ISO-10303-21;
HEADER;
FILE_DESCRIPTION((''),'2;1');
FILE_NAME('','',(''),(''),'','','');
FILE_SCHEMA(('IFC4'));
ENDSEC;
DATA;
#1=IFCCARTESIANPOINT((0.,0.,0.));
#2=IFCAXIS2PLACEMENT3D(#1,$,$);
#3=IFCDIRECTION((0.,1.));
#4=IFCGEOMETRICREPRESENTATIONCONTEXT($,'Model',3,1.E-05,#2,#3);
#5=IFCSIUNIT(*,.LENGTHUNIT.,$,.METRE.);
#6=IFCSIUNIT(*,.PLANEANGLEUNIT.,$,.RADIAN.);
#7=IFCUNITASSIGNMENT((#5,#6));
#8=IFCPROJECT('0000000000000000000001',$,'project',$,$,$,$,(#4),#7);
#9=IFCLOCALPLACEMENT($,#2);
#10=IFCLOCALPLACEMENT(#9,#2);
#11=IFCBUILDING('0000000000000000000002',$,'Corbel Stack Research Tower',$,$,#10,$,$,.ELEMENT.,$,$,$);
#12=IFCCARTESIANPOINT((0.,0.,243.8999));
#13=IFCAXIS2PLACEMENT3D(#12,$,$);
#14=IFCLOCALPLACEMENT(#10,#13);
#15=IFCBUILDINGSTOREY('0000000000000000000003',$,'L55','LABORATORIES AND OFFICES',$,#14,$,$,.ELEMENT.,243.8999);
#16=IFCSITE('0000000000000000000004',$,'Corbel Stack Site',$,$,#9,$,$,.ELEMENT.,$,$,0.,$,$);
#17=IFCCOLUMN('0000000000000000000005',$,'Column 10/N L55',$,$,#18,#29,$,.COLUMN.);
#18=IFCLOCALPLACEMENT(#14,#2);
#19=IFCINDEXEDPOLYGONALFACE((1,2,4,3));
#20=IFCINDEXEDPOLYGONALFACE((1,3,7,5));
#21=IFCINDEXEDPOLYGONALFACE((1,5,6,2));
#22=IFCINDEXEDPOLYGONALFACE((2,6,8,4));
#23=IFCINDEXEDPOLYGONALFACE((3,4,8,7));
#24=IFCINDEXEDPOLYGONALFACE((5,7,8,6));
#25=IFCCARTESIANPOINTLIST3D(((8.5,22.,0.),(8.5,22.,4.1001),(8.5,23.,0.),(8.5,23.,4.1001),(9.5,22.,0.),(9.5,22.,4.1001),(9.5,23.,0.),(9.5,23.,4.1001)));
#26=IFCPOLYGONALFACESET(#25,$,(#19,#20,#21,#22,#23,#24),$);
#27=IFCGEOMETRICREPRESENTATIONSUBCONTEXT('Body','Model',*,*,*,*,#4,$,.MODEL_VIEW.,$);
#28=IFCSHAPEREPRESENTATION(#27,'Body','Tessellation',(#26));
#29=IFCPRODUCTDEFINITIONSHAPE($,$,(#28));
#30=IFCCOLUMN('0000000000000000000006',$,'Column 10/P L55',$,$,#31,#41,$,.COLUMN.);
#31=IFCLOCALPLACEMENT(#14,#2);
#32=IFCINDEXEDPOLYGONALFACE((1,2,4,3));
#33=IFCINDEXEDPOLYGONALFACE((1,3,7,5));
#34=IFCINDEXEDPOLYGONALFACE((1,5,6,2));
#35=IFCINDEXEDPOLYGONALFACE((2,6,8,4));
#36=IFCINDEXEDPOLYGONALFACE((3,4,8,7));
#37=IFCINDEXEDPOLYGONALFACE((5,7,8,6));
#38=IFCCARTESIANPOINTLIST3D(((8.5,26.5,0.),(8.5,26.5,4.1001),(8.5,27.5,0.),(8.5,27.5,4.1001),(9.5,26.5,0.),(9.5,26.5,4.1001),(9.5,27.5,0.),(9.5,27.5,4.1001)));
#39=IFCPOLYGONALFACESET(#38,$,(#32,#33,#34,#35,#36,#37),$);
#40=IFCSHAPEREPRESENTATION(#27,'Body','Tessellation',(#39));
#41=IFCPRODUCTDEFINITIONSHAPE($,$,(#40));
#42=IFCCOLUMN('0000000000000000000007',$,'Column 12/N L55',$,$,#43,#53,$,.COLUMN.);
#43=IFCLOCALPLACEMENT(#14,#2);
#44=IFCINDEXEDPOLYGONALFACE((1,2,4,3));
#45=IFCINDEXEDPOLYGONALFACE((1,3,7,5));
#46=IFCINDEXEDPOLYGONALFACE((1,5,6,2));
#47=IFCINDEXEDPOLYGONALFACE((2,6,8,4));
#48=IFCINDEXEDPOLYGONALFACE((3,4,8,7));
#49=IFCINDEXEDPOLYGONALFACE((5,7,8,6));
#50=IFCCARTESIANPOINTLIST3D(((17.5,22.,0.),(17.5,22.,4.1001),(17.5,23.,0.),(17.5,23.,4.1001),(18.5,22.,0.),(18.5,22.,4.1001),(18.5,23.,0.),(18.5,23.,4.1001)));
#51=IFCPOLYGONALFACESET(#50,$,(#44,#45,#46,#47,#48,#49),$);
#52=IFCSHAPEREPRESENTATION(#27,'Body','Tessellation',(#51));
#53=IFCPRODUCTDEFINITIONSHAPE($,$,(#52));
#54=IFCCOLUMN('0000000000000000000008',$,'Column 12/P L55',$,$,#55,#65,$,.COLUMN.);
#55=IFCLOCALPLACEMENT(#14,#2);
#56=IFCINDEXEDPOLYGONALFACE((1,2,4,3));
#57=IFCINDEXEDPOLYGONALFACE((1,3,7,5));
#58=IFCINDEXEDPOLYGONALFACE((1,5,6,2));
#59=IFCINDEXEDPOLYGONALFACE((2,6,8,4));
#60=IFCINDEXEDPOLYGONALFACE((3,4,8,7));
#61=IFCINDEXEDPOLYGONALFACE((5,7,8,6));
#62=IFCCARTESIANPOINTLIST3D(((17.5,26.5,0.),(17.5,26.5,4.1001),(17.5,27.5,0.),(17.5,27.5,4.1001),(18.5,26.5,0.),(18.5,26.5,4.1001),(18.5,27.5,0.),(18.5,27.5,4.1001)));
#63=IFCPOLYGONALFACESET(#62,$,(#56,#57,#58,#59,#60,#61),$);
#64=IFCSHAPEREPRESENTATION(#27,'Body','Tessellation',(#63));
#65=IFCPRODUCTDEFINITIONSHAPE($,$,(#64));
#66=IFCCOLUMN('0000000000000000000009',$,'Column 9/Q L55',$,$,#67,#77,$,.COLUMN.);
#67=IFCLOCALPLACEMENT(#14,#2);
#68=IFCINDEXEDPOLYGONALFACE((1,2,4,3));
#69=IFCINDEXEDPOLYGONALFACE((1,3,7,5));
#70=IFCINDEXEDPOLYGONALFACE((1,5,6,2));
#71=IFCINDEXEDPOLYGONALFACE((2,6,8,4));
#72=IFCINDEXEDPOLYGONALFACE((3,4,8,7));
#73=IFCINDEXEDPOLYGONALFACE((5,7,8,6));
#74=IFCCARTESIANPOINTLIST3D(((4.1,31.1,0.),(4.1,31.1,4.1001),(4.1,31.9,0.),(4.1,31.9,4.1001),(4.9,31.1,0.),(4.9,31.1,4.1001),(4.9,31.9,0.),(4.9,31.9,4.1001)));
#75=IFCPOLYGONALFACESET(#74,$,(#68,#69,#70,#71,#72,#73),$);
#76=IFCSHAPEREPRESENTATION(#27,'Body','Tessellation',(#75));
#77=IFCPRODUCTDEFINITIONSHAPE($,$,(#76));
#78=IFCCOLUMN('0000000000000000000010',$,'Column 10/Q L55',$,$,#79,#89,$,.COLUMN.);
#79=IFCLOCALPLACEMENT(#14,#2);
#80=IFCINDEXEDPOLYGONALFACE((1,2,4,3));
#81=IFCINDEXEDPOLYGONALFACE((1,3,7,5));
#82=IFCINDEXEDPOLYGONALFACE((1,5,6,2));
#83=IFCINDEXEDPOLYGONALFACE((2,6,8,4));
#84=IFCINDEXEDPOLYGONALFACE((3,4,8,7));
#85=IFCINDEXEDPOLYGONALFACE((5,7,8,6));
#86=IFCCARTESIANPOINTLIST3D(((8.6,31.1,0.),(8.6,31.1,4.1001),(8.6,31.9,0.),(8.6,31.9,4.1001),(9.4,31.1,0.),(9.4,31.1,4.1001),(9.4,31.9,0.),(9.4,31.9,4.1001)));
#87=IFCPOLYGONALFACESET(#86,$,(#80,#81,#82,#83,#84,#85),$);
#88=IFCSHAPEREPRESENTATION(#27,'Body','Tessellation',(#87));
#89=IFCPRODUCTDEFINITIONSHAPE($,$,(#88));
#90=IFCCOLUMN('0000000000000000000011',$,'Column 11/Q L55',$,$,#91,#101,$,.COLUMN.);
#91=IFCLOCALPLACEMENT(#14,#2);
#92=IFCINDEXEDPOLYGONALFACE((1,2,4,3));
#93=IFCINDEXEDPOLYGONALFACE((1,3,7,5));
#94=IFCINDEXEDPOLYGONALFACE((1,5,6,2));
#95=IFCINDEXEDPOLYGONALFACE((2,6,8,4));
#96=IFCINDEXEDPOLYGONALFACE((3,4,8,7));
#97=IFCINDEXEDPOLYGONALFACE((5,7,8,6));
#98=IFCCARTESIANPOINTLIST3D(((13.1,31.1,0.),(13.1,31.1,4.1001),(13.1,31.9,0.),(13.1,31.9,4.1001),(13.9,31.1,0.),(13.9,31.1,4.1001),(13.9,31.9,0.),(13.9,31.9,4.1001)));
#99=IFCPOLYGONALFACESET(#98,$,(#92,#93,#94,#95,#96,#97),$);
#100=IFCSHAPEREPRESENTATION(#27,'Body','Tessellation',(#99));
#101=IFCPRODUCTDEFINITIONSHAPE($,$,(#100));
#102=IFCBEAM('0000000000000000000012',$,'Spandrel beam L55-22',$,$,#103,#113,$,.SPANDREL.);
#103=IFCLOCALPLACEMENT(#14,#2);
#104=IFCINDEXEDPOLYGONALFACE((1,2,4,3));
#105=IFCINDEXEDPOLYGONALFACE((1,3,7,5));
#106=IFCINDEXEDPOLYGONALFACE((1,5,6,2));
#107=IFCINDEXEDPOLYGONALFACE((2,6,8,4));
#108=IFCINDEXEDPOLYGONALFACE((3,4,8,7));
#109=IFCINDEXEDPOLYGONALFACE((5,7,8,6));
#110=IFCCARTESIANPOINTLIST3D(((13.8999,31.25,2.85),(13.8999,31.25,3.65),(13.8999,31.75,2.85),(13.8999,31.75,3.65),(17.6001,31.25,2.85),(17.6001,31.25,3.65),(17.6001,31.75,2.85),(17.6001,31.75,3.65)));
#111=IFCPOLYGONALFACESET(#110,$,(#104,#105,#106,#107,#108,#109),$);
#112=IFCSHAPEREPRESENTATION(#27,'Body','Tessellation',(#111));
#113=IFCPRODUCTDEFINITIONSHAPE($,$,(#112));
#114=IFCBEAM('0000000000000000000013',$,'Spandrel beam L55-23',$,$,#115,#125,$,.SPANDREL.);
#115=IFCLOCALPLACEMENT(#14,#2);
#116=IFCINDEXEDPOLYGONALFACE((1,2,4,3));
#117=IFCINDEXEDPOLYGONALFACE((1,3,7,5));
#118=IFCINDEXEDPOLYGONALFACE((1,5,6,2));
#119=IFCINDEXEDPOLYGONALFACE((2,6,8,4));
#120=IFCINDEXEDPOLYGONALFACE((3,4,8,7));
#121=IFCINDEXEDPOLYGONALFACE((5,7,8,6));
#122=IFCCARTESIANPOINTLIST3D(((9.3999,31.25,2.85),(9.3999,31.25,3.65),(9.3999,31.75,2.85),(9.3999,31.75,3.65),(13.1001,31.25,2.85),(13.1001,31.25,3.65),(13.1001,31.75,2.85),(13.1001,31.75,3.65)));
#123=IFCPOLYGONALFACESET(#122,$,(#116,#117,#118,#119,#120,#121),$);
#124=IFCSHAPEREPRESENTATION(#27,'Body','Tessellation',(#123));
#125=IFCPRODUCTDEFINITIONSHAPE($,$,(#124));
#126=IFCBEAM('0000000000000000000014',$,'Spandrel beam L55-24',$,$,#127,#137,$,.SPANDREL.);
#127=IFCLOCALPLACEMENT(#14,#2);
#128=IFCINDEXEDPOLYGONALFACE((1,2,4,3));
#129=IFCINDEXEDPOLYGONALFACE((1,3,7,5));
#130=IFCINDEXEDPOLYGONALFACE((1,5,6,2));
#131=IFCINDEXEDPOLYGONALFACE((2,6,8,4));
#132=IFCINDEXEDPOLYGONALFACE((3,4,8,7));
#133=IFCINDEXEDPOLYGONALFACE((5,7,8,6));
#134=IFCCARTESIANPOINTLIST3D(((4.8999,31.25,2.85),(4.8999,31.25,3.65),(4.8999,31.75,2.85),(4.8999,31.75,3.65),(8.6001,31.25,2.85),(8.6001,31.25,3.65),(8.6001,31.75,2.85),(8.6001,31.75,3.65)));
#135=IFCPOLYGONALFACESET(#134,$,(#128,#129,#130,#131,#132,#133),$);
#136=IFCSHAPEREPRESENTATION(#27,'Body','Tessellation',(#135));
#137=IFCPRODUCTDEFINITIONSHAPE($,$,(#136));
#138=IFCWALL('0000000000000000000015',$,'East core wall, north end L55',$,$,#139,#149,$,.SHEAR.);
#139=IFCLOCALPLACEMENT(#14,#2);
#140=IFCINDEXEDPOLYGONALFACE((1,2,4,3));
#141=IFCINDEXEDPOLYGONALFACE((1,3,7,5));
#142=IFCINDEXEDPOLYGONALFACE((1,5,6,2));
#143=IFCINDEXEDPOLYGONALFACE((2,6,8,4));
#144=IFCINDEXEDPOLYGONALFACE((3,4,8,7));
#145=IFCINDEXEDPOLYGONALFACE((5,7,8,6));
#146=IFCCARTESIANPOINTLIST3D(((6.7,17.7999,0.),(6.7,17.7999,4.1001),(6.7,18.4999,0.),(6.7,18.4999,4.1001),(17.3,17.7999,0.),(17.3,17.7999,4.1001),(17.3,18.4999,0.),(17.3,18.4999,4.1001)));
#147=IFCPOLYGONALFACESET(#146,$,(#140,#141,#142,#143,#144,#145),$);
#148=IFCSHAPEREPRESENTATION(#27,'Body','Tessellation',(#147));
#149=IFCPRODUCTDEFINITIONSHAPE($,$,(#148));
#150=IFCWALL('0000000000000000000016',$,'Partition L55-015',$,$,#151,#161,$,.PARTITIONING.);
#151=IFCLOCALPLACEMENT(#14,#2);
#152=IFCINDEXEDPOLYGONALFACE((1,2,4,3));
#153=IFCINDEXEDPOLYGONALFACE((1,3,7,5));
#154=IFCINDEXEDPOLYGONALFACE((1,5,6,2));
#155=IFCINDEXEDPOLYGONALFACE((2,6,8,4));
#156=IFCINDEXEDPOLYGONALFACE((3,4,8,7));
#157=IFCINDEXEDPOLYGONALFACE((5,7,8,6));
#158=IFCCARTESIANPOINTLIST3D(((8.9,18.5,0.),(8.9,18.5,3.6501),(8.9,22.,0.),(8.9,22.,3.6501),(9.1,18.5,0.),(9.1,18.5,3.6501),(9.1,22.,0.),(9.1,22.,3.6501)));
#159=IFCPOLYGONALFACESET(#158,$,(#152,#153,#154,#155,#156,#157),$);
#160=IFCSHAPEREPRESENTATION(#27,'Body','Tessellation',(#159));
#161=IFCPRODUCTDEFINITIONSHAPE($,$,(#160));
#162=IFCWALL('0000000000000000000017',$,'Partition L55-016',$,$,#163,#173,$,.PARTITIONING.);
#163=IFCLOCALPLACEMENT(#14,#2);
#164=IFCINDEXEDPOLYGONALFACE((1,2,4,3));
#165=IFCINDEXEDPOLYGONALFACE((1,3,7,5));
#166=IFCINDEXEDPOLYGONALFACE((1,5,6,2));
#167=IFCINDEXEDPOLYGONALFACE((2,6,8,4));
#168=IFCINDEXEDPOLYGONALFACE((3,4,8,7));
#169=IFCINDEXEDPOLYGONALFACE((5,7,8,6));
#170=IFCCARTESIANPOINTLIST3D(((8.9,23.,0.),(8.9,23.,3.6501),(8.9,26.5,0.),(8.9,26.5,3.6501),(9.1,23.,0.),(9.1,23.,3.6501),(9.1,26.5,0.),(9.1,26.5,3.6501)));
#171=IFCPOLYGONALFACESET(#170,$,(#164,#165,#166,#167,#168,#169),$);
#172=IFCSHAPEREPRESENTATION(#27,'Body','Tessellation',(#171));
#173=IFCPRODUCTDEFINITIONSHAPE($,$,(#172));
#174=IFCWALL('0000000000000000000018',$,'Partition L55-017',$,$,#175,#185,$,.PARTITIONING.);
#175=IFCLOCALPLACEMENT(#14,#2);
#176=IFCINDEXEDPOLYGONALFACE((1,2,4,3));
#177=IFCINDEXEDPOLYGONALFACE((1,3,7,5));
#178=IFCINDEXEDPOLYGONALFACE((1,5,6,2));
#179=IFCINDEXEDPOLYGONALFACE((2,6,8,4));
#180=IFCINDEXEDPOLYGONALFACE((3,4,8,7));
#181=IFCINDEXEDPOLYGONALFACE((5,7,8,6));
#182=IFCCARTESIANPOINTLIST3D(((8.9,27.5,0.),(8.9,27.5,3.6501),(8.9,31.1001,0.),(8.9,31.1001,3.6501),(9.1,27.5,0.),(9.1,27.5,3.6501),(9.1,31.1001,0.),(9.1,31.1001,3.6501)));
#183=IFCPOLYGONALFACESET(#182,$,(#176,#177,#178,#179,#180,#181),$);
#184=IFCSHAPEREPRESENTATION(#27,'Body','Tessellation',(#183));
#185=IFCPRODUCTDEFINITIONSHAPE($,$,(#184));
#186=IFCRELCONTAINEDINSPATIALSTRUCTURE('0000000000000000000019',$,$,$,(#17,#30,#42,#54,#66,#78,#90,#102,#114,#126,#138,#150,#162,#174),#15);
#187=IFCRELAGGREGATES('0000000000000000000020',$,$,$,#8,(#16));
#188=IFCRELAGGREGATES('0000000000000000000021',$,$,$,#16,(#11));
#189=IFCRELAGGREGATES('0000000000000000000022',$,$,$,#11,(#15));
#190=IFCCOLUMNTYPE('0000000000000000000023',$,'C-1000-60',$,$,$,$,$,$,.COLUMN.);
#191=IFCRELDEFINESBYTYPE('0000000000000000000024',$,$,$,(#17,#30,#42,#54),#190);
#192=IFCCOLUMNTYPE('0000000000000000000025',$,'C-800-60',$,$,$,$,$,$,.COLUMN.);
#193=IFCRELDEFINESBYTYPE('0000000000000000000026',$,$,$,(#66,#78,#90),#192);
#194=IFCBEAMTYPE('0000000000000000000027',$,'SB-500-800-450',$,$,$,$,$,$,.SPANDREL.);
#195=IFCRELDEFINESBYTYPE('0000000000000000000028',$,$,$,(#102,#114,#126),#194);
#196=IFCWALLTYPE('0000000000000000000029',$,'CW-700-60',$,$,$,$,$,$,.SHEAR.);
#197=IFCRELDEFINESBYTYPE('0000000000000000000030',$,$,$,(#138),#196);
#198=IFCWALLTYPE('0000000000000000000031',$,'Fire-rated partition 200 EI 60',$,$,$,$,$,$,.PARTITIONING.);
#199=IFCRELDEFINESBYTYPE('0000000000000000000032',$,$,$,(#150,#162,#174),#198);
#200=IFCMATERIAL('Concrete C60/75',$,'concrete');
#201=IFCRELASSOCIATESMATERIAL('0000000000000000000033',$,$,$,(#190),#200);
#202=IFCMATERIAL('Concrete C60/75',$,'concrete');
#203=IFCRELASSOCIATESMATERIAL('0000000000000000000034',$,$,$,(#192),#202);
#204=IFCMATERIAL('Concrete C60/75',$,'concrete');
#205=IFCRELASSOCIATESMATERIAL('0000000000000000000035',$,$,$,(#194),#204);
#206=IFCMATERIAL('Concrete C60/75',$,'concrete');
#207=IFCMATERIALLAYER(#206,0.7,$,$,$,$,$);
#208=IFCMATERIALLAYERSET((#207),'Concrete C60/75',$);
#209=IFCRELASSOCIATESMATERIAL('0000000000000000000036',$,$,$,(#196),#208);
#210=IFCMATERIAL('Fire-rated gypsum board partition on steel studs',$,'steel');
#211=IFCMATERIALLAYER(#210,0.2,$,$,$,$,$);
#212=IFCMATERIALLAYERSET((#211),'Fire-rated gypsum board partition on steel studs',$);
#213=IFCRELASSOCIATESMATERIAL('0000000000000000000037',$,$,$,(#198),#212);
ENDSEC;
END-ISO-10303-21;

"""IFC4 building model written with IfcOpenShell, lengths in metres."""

from ifc_helpers import new_model, si_unit, direction, frame, frame_2d, origin, origin_2d, place, context, subcontext, project, spatial, rectangle, extrude, material, layer, layer_set, material_profile, profile_set, type_object, element, save


model = new_model("IFC4")

# Units and contexts
model_context = context("Model", 3, precision=1e-05, world=origin(), true_north=direction((0.0, 1.0)))
body_context = subcontext(model_context, "Body", "Model", "MODEL_VIEW")
ifc_project = project(units=[si_unit("LENGTHUNIT", "METRE"), si_unit("PLANEANGLEUNIT", "RADIAN")], contexts=[model_context])

# Site, building, storey
site_placement = place(None, origin())
site = spatial("IfcSite", under=ifc_project, at=site_placement, Name="Corbel Stack Site", CompositionType="ELEMENT", RefElevation=0.0)
building_placement = place(site_placement, origin())
building = spatial("IfcBuilding", under=site, at=building_placement, Name="Corbel Stack Research Tower", CompositionType="ELEMENT")
storey_placement = place(building_placement, frame((0.0, 0.0, 243.8999)))
storey = spatial("IfcBuildingStorey", under=building, at=storey_placement, Name="L55", Description="LABORATORIES AND OFFICES", CompositionType="ELEMENT", Elevation=243.8999)

# Columns
ifc_material_1 = material(Name="Concrete C60/75", Category="concrete")
ifc_material_profile_1 = material_profile(ifc_material_1, rectangle(XDim=1.0, YDim=1.0, at=origin_2d()), Name="RC 1000 x 1000")
ifc_profile_set_1 = profile_set([ifc_material_profile_1], Name="Concrete C60/75")
column_type_1 = type_object("IfcColumnType", Name="C-1000-60", PredefinedType="COLUMN", material=ifc_profile_set_1)
for number, where, z_axis, x_axis, name in (
    (1, (9.0, 22.5, 0.0), (0.0, 0.0, 1.0), (1.0, 0.0, 0.0), "Column 10/N L55"),
    (2, (9.0, 27.0, 0.0), (0.0, 0.0, 1.0), (1.0, 0.0, 0.0), "Column 10/P L55"),
    (3, (18.0, 22.5, 0.0), (0.0, 0.0, 1.0), (1.0, 0.0, 0.0), "Column 12/N L55"),
    (4, (18.0, 27.0, 0.0), (0.0, 0.0, 1.0), (1.0, 0.0, 0.0), "Column 12/P L55"),
):
    element("IfcColumn", number, at=place(storey_placement, frame(where, z_axis=z_axis, x_axis=x_axis)), inside=storey, type_object=column_type_1, Name=name, PredefinedType="COLUMN", context=body_context, shape_type="SweptSolid", body=[
        extrude(rectangle(XDim=1.0, YDim=1.0, at=origin_2d()), origin(), (0.0, 0.0, 1.0), 4.1001),
    ])
ifc_material_2 = material(Name="Concrete C60/75", Category="concrete")
ifc_material_profile_2 = material_profile(ifc_material_2, rectangle(XDim=0.8, YDim=0.8, at=origin_2d()), Name="RC 800 x 800")
ifc_profile_set_2 = profile_set([ifc_material_profile_2], Name="Concrete C60/75")
column_type_2 = type_object("IfcColumnType", Name="C-800-60", PredefinedType="COLUMN", material=ifc_profile_set_2)
for number, where, z_axis, x_axis, name in (
    (5, (4.5, 31.5, 0.0), (0.0, 0.0, 1.0), (1.0, 0.0, 0.0), "Column 9/Q L55"),
    (6, (9.0, 31.5, 0.0), (0.0, 0.0, 1.0), (1.0, 0.0, 0.0), "Column 10/Q L55"),
    (7, (13.5, 31.5, 0.0), (0.0, 0.0, 1.0), (1.0, 0.0, 0.0), "Column 11/Q L55"),
):
    element("IfcColumn", number, at=place(storey_placement, frame(where, z_axis=z_axis, x_axis=x_axis)), inside=storey, type_object=column_type_2, Name=name, PredefinedType="COLUMN", context=body_context, shape_type="SweptSolid", body=[
        extrude(rectangle(XDim=0.8, YDim=0.8, at=origin_2d()), origin(), (0.0, 0.0, 1.0), 4.1001),
    ])

# Beams
ifc_material_3 = material(Name="Concrete C60/75", Category="concrete")
ifc_material_profile_3 = material_profile(ifc_material_3, rectangle(XDim=0.5, YDim=0.8, at=origin_2d()), Name="RC 500 x 800")
ifc_profile_set_3 = profile_set([ifc_material_profile_3], Name="Concrete C60/75")
beam_type = type_object("IfcBeamType", Name="SB-500-800-450", PredefinedType="SPANDREL", material=ifc_profile_set_3)
for number, where, z_axis, x_axis, name in (
    (8, (17.6001, 31.5, 3.25), (-1.0, 0.0, 0.0), (0.0, -1.0, 0.0), "Spandrel beam L55-22"),
    (9, (13.1001, 31.5, 3.25), (-1.0, 0.0, 0.0), (0.0, -1.0, 0.0), "Spandrel beam L55-23"),
    (10, (8.6001, 31.5, 3.25), (-1.0, 0.0, 0.0), (0.0, -1.0, 0.0), "Spandrel beam L55-24"),
):
    element("IfcBeam", number, at=place(storey_placement, frame(where, z_axis=z_axis, x_axis=x_axis)), inside=storey, type_object=beam_type, Name=name, PredefinedType="SPANDREL", context=body_context, shape_type="SweptSolid", body=[
        extrude(rectangle(XDim=0.5, YDim=0.8, at=origin_2d()), origin(), (0.0, 0.0, 1.0), 3.7002),
    ])

# Walls
ifc_material_4 = material(Name="Concrete C60/75", Category="concrete")
ifc_layer_1 = layer(ifc_material_4, 0.7)
ifc_layer_set_1 = layer_set([ifc_layer_1], Name="Concrete C60/75")
wall_type_1 = type_object("IfcWallType", Name="CW-700-60", PredefinedType="SHEAR", material=ifc_layer_set_1)
wall_1_placement = place(storey_placement, frame((6.7, 18.1499, 0.0), z_axis=(0.0, 0.0, 1.0), x_axis=(1.0, 0.0, 0.0)))
element("IfcWall", 11, at=wall_1_placement, inside=storey, type_object=wall_type_1, Name="East core wall, north end L55", PredefinedType="SHEAR", context=body_context, shape_type="SweptSolid", body=[
    extrude(rectangle(XDim=10.6001, YDim=0.7, at=frame_2d((5.3, 0.0))), origin(), (0.0, 0.0, 1.0), 4.1001),
])
ifc_material_5 = material(Name="Fire-rated gypsum board partition on steel studs", Category="steel")
ifc_layer_2 = layer(ifc_material_5, 0.2)
ifc_layer_set_2 = layer_set([ifc_layer_2], Name="Fire-rated gypsum board partition on steel studs")
wall_type_2 = type_object("IfcWallType", Name="Fire-rated partition 200 EI 60", PredefinedType="PARTITIONING", material=ifc_layer_set_2)
for number, where, z_axis, x_axis, name in (
    (12, (9.0, 18.5, 0.0), (0.0, 0.0, 1.0), (0.0, 1.0, 0.0), "Partition L55-015"),
    (13, (9.0, 23.0, 0.0), (0.0, 0.0, 1.0), (0.0, 1.0, 0.0), "Partition L55-016"),
):
    element("IfcWall", number, at=place(storey_placement, frame(where, z_axis=z_axis, x_axis=x_axis)), inside=storey, type_object=wall_type_2, Name=name, PredefinedType="PARTITIONING", context=body_context, shape_type="SweptSolid", body=[
        extrude(rectangle(XDim=3.5, YDim=0.2, at=frame_2d((1.75, 0.0))), origin(), (0.0, 0.0, 1.0), 3.6501),
    ])
wall_2_placement = place(storey_placement, frame((9.0, 27.5, 0.0), z_axis=(0.0, 0.0, 1.0), x_axis=(0.0, 1.0, 0.0)))
element("IfcWall", 14, at=wall_2_placement, inside=storey, type_object=wall_type_2, Name="Partition L55-017", PredefinedType="PARTITIONING", context=body_context, shape_type="SweptSolid", body=[
    extrude(rectangle(XDim=3.6001, YDim=0.2, at=frame_2d((1.8, 0.0))), origin(), (0.0, 0.0, 1.0), 3.6501),
])

save(model, "model.ifc")
